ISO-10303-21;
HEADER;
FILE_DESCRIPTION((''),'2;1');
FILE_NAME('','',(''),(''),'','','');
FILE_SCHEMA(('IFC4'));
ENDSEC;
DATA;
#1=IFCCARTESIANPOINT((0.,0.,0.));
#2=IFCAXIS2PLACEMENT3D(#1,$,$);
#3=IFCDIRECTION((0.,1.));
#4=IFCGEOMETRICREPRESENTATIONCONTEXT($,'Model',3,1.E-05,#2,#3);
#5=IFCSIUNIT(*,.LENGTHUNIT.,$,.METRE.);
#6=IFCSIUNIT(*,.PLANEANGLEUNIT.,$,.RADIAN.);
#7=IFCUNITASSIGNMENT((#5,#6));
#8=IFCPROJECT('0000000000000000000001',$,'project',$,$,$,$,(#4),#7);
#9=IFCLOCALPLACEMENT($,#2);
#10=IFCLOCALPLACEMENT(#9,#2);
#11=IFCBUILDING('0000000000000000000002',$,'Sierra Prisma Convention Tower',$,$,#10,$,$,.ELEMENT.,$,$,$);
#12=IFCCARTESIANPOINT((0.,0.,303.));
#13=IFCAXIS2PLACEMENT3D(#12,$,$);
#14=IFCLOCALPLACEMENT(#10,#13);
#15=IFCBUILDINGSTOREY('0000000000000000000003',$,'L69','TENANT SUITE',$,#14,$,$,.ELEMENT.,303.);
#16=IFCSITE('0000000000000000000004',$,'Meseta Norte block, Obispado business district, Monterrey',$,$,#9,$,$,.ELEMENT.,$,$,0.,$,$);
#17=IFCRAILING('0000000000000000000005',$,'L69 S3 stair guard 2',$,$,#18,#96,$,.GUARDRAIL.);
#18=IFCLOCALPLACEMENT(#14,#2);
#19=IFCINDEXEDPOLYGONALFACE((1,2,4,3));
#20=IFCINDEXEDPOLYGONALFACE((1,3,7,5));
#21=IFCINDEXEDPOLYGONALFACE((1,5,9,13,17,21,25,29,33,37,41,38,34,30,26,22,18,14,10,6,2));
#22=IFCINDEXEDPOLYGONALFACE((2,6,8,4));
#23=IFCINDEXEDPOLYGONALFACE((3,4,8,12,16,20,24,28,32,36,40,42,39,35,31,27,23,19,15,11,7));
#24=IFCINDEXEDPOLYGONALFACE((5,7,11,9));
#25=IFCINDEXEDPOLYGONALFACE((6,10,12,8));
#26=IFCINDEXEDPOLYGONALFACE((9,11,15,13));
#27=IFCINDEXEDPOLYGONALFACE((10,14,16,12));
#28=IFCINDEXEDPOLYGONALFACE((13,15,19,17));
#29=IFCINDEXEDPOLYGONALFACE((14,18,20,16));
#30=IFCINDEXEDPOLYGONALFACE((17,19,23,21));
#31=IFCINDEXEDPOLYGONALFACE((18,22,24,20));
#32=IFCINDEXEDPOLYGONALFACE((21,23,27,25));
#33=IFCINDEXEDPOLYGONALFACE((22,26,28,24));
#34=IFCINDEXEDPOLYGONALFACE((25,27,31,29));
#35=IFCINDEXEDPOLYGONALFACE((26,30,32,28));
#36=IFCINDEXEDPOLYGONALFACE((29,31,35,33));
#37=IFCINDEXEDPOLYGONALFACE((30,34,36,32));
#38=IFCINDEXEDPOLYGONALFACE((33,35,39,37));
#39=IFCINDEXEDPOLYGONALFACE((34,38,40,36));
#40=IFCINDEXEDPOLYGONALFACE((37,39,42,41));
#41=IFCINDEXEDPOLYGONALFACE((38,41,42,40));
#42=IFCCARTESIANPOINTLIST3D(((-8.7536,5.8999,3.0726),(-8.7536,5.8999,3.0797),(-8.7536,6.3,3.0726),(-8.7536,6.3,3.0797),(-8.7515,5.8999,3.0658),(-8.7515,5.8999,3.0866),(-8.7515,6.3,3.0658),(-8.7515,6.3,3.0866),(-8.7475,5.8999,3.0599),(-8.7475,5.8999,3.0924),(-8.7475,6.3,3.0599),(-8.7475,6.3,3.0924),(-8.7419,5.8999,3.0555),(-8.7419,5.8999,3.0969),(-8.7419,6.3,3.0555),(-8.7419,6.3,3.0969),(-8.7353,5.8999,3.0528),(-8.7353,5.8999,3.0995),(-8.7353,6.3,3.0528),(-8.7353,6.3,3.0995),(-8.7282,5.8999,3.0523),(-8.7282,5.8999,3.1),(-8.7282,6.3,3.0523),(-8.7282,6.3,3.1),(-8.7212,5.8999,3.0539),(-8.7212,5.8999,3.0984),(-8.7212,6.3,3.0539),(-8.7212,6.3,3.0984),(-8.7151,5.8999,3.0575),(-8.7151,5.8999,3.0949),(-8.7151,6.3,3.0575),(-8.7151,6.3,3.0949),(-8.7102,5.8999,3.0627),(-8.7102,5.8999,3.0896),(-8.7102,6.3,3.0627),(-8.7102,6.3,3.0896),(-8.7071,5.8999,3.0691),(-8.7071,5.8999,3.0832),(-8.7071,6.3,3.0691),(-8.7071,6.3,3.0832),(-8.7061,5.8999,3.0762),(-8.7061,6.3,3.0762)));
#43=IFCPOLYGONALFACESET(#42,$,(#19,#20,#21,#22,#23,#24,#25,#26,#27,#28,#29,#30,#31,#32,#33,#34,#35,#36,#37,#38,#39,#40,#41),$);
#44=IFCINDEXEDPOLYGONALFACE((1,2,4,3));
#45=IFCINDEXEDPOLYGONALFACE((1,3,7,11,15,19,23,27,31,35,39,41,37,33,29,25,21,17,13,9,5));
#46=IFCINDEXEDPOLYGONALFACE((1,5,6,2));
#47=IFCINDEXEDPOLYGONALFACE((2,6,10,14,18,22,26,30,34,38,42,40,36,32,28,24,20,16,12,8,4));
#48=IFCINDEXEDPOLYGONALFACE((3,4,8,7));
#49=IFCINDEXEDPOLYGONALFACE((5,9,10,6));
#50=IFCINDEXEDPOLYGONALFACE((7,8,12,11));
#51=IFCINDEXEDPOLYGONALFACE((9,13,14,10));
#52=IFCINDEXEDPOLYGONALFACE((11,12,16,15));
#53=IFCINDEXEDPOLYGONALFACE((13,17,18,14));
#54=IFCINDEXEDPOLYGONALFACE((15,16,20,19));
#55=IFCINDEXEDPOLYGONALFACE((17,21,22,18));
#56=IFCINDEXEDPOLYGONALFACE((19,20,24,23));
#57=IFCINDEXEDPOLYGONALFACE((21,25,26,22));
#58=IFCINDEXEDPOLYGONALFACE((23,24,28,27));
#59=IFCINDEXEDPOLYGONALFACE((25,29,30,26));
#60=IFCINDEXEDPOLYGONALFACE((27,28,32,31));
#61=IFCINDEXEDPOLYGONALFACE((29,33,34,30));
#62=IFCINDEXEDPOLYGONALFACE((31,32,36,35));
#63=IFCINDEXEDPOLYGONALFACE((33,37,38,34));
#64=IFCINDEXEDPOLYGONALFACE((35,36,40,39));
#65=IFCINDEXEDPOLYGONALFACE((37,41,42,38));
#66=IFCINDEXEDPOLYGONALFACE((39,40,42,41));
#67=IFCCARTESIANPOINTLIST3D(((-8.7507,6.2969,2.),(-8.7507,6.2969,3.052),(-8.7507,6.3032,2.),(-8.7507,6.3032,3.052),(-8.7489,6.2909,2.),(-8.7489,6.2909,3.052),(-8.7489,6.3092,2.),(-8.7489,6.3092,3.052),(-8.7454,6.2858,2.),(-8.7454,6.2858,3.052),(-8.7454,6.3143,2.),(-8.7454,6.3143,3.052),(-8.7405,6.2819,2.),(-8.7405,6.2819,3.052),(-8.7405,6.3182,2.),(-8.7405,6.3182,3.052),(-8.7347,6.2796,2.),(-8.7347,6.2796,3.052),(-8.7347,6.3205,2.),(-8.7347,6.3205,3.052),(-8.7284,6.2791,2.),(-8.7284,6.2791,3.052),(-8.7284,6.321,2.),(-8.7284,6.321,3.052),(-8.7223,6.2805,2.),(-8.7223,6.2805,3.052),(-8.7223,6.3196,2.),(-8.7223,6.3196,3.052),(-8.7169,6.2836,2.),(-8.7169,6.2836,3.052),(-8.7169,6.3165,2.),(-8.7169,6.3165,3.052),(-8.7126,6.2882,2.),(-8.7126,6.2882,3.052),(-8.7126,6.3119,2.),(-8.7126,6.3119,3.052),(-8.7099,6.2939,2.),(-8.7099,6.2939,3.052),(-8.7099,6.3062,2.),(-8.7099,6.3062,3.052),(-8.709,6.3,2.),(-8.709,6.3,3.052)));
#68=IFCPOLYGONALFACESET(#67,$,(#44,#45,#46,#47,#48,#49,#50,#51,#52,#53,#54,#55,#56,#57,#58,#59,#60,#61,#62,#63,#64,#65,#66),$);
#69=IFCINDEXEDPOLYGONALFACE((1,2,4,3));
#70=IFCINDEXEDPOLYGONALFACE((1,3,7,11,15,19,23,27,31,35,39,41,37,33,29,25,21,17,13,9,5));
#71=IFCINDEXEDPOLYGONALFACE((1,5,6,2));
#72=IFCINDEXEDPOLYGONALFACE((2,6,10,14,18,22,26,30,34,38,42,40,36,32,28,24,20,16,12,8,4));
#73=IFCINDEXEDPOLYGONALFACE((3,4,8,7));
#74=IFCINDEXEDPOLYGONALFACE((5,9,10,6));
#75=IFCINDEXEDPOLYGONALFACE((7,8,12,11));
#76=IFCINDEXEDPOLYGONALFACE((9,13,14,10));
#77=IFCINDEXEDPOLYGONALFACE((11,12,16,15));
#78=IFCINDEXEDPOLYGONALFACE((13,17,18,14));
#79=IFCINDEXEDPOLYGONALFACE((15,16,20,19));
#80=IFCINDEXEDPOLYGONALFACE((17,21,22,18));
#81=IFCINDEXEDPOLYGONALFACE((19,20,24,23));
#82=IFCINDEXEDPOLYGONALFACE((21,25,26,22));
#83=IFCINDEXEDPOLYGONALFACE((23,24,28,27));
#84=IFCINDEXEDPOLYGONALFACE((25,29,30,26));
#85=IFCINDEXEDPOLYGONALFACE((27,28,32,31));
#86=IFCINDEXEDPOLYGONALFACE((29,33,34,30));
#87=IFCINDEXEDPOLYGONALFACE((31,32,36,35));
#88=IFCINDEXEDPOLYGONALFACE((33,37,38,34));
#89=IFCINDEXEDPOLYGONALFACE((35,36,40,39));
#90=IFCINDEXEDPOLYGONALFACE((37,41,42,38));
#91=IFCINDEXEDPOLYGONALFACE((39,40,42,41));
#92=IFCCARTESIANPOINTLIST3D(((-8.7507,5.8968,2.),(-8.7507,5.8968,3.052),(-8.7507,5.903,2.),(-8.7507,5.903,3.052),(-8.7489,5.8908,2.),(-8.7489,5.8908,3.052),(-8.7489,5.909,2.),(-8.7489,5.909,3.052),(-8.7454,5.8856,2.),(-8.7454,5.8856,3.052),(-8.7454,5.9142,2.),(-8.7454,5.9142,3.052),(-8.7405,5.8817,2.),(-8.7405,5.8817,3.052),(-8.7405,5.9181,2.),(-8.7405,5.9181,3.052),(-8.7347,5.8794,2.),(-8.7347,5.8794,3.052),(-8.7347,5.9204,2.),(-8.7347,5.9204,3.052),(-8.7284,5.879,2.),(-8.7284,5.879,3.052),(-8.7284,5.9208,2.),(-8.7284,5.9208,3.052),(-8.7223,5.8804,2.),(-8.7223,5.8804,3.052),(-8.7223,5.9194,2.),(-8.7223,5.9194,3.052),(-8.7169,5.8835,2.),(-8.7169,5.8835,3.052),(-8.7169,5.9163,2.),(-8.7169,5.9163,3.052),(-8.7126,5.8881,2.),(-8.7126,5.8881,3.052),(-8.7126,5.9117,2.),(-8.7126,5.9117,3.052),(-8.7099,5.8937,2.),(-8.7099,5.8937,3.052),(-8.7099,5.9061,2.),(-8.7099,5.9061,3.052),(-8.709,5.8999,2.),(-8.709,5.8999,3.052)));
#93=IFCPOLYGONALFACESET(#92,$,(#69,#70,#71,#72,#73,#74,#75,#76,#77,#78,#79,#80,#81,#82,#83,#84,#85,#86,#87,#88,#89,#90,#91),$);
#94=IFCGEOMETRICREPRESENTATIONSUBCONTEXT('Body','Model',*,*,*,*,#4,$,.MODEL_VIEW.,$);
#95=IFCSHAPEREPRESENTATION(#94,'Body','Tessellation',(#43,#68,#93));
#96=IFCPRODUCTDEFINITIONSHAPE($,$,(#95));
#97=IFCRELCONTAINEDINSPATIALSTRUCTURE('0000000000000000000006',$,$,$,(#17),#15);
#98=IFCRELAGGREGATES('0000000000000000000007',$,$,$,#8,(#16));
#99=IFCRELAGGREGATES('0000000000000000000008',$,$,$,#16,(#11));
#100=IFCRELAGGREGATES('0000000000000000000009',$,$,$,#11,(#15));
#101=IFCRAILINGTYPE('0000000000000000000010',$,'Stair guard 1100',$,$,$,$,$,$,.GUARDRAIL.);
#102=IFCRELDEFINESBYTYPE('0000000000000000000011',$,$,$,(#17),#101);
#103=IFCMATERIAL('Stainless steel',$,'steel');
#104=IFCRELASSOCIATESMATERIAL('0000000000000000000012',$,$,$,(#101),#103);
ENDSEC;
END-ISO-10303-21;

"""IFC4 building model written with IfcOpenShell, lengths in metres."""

from ifc_helpers import new_model, si_unit, direction, frame, origin, origin_2d, place, context, subcontext, project, spatial, circle, extrude, material, type_object, element, save


model = new_model("IFC4")

# Units and contexts
model_context = context("Model", 3, precision=1e-05, world=origin(), true_north=direction((0.0, 1.0)))
body_context = subcontext(model_context, "Body", "Model", "MODEL_VIEW")
ifc_project = project(units=[si_unit("LENGTHUNIT", "METRE"), si_unit("PLANEANGLEUNIT", "RADIAN")], contexts=[model_context])

# Site, building, storey
site_placement = place(None, origin())
site = spatial("IfcSite", under=ifc_project, at=site_placement, Name="Meseta Norte block, Obispado business district, Monterrey", CompositionType="ELEMENT", RefElevation=0.0)
building_placement = place(site_placement, origin())
building = spatial("IfcBuilding", under=site, at=building_placement, Name="Sierra Prisma Convention Tower", CompositionType="ELEMENT")
storey_placement = place(building_placement, frame((0.0, 0.0, 303.0)))
storey = spatial("IfcBuildingStorey", under=building, at=storey_placement, Name="L69", Description="TENANT SUITE", CompositionType="ELEMENT", Elevation=303.0)

# Railing
ifc_material_1 = material(Name="Stainless steel", Category="steel")
railing_type_1 = type_object("IfcRailingType", Name="Stair guard 1100", PredefinedType="GUARDRAIL", material=ifc_material_1)
railing_1_placement = place(storey_placement, frame((-8.73, 6.3, 2.0)))
element("IfcRailing", 1, at=railing_1_placement, inside=storey, type_object=railing_type_1, Name="L69 S3 stair guard 2", PredefinedType="GUARDRAIL", context=body_context, shape_type="SweptSolid", body=[
    extrude(circle(Radius=0.0239, at=origin_2d()), frame((0.0, 0.0, 1.0762), z_axis=(0.0, -1.0, 0.0), x_axis=(1.0, 0.0, 0.0)), (0.0, 0.0, 1.0), 0.4001),
    extrude(circle(Radius=0.021, at=origin_2d()), origin(), (0.0, 0.0, 1.0), 1.052),
    extrude(circle(Radius=0.021, at=origin_2d()), frame((0.0, -0.4001, 0.0)), (0.0, 0.0, 1.0), 1.052),
])

save(model, "model.ifc")
